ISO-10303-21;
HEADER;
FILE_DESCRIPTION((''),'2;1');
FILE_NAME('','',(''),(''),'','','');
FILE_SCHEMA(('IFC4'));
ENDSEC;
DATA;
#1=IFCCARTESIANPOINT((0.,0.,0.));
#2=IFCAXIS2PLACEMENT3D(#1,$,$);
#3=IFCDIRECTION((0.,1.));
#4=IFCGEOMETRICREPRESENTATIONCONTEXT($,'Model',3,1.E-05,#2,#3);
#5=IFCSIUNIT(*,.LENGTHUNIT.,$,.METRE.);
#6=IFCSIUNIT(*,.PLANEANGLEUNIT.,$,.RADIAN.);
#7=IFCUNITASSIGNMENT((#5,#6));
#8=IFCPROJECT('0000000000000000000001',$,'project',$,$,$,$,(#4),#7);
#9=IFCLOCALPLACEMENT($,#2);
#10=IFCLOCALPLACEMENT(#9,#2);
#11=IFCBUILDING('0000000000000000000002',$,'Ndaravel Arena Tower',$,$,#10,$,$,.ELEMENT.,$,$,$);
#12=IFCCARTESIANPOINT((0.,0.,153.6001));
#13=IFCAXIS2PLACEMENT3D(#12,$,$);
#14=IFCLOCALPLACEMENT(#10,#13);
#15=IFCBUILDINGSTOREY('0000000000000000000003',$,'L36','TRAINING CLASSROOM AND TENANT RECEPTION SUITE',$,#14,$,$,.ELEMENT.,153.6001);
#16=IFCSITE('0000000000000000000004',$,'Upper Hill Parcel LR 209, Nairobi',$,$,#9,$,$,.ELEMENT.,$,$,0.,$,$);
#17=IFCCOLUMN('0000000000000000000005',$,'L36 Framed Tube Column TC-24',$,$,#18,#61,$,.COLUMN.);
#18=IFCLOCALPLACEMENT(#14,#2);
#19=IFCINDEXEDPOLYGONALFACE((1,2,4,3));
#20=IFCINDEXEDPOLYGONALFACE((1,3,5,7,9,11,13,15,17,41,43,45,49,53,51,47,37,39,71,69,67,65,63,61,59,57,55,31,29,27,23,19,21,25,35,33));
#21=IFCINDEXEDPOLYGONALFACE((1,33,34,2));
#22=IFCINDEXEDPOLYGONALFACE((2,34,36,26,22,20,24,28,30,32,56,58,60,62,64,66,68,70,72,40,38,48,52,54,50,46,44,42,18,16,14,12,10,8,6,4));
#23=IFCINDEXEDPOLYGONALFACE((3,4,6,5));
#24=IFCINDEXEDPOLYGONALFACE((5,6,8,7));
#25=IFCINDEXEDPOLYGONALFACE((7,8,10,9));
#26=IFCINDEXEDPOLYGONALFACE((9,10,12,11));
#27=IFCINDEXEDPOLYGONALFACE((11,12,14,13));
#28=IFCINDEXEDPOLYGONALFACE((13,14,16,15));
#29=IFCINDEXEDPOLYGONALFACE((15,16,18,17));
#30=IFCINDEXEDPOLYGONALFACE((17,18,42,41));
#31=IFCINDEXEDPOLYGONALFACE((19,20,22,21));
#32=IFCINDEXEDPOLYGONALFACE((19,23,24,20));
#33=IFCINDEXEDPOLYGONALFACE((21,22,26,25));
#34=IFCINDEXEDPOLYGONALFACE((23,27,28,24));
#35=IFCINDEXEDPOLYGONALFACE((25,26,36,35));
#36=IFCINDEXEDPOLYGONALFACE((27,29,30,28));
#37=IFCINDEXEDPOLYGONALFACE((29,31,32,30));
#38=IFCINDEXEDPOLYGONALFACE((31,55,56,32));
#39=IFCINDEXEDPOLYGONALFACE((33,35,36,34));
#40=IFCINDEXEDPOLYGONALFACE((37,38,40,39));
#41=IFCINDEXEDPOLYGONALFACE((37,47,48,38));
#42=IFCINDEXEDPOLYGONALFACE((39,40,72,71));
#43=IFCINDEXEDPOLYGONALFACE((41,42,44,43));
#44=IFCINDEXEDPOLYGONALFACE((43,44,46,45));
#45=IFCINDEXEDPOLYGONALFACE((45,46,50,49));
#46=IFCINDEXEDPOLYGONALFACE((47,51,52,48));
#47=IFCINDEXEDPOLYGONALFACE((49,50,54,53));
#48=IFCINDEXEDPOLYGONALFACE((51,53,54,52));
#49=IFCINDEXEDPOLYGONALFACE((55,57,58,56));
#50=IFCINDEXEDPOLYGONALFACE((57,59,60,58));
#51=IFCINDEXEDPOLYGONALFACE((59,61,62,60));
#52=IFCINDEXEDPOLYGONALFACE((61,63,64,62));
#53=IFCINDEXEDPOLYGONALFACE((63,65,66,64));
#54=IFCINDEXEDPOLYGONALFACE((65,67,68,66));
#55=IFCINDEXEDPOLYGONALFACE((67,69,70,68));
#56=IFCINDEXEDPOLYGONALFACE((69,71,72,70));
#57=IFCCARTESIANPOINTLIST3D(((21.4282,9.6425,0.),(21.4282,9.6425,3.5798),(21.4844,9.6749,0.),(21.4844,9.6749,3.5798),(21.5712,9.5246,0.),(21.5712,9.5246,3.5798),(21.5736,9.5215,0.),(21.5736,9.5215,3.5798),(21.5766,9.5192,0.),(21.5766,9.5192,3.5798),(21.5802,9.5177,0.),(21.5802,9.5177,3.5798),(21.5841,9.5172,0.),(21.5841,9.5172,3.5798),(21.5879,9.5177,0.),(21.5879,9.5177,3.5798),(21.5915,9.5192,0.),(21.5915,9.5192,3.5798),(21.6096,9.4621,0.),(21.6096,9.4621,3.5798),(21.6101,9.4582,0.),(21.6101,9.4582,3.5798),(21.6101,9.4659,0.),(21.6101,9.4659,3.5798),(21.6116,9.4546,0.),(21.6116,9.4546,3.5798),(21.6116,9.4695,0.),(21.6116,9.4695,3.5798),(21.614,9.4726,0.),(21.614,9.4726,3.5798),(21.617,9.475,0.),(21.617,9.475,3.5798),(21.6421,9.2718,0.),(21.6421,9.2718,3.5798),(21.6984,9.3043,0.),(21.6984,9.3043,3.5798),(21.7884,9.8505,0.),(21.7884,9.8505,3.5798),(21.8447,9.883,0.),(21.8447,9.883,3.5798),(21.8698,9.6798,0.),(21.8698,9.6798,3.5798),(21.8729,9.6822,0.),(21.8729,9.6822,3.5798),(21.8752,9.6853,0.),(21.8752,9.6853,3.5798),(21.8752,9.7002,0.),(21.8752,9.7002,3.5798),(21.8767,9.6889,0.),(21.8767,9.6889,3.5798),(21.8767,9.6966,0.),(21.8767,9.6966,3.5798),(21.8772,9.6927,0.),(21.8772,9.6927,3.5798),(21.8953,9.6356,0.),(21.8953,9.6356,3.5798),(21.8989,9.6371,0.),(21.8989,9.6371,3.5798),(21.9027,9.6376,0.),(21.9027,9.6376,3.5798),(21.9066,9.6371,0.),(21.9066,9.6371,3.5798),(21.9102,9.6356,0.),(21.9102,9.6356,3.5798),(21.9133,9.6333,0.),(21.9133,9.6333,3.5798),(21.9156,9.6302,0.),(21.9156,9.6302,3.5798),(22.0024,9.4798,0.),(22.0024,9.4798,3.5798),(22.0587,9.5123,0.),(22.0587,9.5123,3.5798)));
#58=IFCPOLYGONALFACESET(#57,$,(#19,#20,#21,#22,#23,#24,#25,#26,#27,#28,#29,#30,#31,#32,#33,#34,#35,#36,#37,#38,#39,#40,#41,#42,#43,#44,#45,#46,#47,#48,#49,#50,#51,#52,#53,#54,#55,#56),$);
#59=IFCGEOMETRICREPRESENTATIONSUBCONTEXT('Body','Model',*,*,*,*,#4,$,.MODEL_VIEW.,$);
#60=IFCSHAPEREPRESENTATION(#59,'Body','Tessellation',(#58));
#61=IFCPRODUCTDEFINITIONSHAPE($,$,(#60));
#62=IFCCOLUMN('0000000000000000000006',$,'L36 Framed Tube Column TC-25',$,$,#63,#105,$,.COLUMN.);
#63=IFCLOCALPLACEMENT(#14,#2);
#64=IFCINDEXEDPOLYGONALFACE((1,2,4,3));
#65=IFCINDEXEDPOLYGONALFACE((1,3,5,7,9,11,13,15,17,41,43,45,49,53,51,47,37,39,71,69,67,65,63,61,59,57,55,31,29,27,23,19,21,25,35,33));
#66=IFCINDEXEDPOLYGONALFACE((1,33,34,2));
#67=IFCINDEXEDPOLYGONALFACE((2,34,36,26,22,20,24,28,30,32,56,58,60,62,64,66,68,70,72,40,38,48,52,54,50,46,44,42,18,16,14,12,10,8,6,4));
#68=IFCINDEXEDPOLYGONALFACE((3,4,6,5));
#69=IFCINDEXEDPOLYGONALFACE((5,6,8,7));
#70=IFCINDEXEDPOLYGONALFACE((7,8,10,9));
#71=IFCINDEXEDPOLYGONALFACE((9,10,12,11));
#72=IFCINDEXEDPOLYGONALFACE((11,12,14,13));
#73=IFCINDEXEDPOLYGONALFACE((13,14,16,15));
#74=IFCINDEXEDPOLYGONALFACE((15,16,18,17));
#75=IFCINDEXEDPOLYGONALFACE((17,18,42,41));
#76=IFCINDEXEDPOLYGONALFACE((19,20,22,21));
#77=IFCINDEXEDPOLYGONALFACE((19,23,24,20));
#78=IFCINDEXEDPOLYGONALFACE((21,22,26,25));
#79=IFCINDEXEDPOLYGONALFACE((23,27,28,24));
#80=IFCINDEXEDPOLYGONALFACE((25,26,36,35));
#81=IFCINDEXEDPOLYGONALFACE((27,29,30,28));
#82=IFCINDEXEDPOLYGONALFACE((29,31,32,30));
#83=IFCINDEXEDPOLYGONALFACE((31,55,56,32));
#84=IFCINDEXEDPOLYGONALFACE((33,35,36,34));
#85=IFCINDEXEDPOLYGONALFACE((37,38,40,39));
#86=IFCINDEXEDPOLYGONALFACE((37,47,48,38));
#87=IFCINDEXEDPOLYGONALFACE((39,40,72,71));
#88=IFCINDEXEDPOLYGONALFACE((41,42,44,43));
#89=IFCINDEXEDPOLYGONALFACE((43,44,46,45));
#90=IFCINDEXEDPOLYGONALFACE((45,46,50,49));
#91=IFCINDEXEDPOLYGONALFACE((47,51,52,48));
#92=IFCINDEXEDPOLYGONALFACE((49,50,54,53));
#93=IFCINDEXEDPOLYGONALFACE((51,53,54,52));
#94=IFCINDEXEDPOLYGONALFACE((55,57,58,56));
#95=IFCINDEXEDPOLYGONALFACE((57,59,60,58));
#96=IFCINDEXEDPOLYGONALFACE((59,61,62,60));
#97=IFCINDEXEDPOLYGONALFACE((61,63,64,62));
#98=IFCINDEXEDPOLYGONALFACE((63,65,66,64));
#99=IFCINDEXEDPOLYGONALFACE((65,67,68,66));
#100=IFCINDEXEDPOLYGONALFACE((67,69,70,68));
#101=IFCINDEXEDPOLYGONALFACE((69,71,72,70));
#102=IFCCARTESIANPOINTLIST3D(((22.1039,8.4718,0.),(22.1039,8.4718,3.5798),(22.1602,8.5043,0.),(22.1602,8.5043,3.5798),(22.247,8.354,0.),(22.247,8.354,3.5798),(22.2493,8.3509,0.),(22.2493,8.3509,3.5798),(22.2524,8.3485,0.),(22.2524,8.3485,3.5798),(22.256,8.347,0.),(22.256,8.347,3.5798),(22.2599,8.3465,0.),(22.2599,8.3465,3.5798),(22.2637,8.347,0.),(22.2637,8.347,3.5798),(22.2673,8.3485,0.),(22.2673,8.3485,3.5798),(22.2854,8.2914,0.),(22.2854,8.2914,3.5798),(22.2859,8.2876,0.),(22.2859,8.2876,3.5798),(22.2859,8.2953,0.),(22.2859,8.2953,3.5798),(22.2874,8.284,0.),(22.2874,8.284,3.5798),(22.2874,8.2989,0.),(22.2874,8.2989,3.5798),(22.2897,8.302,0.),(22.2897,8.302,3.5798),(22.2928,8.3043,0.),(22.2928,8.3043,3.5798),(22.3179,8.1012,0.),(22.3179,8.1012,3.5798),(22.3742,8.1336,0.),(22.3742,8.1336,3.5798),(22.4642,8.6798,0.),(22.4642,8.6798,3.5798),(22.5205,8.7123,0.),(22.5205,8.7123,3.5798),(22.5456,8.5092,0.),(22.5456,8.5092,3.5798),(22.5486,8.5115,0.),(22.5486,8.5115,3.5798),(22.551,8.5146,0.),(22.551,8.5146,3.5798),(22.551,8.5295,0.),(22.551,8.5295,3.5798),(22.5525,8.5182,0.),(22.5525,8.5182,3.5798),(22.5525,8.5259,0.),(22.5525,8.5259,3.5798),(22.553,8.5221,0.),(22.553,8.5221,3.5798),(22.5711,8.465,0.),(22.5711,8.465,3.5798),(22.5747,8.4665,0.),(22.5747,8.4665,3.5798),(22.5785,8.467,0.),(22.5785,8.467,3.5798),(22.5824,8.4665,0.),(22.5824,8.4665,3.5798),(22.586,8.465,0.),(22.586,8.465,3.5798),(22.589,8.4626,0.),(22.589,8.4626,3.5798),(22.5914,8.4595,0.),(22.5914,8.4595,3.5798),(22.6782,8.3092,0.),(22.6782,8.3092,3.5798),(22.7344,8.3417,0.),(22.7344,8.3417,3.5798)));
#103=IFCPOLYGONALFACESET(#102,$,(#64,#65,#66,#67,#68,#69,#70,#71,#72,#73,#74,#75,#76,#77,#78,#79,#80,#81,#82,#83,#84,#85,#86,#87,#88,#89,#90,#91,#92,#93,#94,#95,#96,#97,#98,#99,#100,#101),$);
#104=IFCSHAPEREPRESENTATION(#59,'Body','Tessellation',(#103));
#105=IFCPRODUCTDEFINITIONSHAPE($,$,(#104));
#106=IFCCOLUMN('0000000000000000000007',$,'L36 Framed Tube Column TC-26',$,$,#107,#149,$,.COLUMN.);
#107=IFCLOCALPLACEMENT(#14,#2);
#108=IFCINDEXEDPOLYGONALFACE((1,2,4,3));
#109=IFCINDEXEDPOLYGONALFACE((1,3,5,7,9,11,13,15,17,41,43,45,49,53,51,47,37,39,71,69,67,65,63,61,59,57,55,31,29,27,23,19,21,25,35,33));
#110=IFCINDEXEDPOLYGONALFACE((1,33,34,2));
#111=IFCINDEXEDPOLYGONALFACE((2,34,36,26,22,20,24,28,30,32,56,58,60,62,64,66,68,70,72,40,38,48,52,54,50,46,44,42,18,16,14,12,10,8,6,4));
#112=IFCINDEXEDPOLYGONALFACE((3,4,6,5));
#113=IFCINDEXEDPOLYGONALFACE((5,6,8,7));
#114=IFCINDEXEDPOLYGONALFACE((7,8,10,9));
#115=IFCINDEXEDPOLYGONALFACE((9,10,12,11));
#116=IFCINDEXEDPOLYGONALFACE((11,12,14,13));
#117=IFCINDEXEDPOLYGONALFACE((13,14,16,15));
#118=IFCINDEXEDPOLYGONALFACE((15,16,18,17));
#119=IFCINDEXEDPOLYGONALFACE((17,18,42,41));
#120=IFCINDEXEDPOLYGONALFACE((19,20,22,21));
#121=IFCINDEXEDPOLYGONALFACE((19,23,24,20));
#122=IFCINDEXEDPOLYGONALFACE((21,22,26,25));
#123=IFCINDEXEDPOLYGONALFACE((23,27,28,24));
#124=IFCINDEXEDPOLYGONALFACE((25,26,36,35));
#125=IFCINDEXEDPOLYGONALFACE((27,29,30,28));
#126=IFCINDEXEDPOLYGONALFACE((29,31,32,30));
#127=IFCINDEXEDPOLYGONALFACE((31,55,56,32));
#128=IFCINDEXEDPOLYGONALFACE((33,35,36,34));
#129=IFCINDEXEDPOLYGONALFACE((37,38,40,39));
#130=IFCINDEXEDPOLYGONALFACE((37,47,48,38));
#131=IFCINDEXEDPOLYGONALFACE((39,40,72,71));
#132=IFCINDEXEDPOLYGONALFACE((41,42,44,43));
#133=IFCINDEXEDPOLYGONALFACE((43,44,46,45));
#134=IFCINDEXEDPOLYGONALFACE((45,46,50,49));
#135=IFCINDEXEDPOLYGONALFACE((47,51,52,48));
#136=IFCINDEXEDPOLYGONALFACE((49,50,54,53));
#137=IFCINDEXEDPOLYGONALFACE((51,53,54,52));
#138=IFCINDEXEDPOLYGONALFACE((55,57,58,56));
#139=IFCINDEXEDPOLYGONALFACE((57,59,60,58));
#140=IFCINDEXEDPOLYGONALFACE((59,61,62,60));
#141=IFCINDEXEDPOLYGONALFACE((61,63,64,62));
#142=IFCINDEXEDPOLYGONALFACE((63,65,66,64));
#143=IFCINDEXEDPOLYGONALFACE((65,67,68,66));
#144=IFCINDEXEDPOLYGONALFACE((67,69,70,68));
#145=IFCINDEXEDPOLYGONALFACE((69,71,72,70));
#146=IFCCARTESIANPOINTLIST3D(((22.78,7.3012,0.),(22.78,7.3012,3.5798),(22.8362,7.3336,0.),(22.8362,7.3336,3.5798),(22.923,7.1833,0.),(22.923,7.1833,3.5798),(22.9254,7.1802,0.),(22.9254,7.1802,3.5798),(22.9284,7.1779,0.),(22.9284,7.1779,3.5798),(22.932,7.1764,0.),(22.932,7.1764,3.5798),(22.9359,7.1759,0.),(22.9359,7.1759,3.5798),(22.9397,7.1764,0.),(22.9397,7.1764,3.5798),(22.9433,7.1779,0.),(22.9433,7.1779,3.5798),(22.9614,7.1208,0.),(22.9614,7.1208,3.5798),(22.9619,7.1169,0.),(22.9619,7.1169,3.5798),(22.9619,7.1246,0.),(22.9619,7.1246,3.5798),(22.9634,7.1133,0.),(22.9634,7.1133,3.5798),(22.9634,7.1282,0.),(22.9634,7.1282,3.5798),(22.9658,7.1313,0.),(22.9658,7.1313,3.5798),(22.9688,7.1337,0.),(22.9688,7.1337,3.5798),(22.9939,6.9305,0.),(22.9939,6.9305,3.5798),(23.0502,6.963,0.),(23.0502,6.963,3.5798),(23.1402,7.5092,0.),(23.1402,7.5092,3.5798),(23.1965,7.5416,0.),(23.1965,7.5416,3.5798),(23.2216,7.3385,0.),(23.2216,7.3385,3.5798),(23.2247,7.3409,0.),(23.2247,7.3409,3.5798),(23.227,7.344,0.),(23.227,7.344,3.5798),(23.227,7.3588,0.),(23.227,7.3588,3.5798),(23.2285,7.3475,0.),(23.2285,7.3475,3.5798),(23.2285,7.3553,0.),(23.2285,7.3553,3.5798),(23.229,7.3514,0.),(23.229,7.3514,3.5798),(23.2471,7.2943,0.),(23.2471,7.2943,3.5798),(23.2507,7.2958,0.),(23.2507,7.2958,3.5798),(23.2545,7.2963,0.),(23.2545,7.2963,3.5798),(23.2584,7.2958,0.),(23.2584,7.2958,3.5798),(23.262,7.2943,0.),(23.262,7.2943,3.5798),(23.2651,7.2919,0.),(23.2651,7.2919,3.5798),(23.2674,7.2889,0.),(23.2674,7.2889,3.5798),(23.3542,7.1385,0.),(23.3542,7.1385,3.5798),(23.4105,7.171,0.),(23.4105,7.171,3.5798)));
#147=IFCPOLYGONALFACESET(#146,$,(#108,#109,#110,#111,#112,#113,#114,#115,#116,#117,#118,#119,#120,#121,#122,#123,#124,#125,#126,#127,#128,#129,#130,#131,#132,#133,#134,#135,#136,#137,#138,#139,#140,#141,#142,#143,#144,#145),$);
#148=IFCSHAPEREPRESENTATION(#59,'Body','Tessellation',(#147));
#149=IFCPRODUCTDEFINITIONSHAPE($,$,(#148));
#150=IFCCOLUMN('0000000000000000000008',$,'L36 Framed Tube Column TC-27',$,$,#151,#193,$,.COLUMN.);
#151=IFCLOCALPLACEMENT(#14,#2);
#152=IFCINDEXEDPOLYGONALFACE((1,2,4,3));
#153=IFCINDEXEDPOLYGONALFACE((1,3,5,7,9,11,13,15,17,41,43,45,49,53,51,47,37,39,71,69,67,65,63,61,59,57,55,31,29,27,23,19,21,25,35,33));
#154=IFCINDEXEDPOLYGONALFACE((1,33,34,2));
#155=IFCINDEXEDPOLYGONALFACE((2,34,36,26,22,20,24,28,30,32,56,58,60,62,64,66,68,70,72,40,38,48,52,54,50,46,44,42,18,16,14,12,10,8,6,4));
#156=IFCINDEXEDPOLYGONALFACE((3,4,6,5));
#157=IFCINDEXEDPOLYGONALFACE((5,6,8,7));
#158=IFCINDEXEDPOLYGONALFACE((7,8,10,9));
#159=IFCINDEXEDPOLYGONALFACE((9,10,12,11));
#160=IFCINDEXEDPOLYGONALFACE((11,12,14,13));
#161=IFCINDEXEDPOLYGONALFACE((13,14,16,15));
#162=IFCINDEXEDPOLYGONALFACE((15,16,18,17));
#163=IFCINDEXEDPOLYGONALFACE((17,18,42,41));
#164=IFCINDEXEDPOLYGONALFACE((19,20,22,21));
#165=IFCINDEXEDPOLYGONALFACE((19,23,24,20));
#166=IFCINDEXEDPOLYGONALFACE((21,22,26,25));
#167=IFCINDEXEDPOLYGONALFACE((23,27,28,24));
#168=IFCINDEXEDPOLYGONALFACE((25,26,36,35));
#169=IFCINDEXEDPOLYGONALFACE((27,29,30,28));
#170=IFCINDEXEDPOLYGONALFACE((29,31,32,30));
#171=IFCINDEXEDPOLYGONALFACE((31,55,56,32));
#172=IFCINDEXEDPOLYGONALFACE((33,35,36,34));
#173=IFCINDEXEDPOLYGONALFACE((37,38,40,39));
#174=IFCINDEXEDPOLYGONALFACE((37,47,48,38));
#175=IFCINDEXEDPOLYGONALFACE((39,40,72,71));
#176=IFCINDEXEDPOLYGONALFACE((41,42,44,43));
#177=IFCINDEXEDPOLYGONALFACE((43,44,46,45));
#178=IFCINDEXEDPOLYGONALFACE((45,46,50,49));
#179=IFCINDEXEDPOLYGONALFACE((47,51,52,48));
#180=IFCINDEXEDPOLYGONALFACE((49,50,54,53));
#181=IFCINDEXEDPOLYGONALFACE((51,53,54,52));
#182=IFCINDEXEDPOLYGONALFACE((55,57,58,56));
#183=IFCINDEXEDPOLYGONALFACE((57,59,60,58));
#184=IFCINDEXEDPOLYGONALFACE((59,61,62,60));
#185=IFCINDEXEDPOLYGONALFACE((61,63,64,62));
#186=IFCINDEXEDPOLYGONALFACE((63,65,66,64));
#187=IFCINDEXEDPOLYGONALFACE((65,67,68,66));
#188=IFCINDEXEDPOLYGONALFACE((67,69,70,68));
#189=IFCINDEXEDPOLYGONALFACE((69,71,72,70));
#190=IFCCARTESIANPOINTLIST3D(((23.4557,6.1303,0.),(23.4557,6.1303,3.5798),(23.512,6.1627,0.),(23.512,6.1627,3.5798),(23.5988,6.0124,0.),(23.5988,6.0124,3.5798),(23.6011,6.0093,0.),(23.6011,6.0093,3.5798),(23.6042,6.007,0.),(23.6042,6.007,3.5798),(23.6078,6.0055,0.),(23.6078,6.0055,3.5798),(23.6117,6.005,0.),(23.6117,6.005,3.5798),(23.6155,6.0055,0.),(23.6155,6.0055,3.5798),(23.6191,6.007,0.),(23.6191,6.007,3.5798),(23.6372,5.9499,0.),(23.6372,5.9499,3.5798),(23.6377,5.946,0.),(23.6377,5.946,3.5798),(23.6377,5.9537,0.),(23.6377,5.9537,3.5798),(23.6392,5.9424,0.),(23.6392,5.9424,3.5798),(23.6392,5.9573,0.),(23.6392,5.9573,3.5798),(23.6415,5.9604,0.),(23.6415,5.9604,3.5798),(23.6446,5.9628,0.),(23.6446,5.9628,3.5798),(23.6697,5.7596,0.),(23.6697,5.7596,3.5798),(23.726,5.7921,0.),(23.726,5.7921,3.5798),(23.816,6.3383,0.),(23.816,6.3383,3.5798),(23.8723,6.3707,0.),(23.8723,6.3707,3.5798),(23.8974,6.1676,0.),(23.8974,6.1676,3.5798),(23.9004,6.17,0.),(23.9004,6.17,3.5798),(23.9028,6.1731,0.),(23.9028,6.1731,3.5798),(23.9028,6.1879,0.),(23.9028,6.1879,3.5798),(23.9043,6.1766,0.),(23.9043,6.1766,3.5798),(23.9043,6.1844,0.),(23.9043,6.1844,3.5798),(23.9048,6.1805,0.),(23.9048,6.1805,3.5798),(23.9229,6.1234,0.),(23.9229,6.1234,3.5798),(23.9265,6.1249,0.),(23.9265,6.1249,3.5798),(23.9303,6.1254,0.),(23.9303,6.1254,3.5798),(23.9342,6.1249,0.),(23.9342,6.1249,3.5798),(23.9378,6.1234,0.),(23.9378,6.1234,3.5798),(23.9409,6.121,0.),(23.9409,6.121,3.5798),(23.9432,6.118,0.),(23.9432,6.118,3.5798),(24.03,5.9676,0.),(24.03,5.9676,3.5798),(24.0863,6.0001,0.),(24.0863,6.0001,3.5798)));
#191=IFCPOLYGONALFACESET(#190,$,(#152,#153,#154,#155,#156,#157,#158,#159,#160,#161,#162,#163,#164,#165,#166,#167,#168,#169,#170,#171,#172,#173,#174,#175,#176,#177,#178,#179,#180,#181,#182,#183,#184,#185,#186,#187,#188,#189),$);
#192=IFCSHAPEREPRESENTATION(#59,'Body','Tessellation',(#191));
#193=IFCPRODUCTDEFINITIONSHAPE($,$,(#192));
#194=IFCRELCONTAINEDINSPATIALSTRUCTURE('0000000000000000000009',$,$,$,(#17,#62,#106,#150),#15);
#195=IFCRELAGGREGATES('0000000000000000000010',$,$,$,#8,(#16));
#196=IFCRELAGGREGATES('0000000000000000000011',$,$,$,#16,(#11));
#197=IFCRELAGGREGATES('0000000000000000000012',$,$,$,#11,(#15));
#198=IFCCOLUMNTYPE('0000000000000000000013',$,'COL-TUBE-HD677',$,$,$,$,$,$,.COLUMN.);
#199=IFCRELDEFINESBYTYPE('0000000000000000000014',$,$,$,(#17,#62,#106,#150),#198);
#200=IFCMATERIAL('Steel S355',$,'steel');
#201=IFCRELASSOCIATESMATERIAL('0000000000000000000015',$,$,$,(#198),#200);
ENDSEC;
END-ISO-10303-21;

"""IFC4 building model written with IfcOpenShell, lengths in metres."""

from ifc_helpers import new_model, si_unit, direction, frame, origin, origin_2d, place, context, subcontext, project, spatial, i_section, extrude, material, material_profile, profile_set, type_object, element, save


model = new_model("IFC4")

# Units and contexts
model_context = context("Model", 3, precision=1e-05, world=origin(), true_north=direction((0.0, 1.0)))
body_context = subcontext(model_context, "Body", "Model", "MODEL_VIEW")
ifc_project = project(units=[si_unit("LENGTHUNIT", "METRE"), si_unit("PLANEANGLEUNIT", "RADIAN")], contexts=[model_context])

# Site, building, storey
site_placement = place(None, origin())
site = spatial("IfcSite", under=ifc_project, at=site_placement, Name="Upper Hill Parcel LR 209, Nairobi", CompositionType="ELEMENT", RefElevation=0.0)
building_placement = place(site_placement, origin())
building = spatial("IfcBuilding", under=site, at=building_placement, Name="Ndaravel Arena Tower", CompositionType="ELEMENT")
storey_placement = place(building_placement, frame((0.0, 0.0, 153.6001)))
storey = spatial("IfcBuildingStorey", under=building, at=storey_placement, Name="L36", Description="TRAINING CLASSROOM AND TENANT RECEPTION SUITE", CompositionType="ELEMENT", Elevation=153.6001)

# Columns
ifc_material_1 = material(Name="Steel S355", Category="steel")
ifc_material_profile_1 = material_profile(ifc_material_1, i_section(OverallWidth=0.428, OverallDepth=0.481, WebThickness=0.051, FlangeThickness=0.0649, FilletRadius=0.0149, at=origin_2d()), Name="HD 400x677")
ifc_profile_set_1 = profile_set([ifc_material_profile_1], Name="Steel S355")
column_type = type_object("IfcColumnType", Name="COL-TUBE-HD677", PredefinedType="COLUMN", material=ifc_profile_set_1)
for number, where, z_axis, x_axis, name in (
    (1, (21.7434, 9.5774, 0.0), (0.0, 0.0, 1.0), (-0.5, 0.866025, 0.0), "L36 Framed Tube Column TC-24"),
    (2, (22.4192, 8.4067, 0.0), (0.0, 0.0, 1.0), (-0.5, 0.866025, 0.0), "L36 Framed Tube Column TC-25"),
    (3, (23.0952, 7.2361, 0.0), (0.0, 0.0, 1.0), (-0.5, 0.866025, 0.0), "L36 Framed Tube Column TC-26"),
    (4, (23.771, 6.0652, 0.0), (0.0, 0.0, 1.0), (-0.5, 0.866025, 0.0), "L36 Framed Tube Column TC-27"),
):
    element("IfcColumn", number, at=place(storey_placement, frame(where, z_axis=z_axis, x_axis=x_axis)), inside=storey, type_object=column_type, Name=name, PredefinedType="COLUMN", context=body_context, shape_type="SweptSolid", body=[
        extrude(i_section(OverallWidth=0.428, OverallDepth=0.481, WebThickness=0.051, FlangeThickness=0.0649, FilletRadius=0.0149, at=origin_2d()), origin(), (0.0, 0.0, 1.0), 3.5798),
    ])

save(model, "model.ifc")
